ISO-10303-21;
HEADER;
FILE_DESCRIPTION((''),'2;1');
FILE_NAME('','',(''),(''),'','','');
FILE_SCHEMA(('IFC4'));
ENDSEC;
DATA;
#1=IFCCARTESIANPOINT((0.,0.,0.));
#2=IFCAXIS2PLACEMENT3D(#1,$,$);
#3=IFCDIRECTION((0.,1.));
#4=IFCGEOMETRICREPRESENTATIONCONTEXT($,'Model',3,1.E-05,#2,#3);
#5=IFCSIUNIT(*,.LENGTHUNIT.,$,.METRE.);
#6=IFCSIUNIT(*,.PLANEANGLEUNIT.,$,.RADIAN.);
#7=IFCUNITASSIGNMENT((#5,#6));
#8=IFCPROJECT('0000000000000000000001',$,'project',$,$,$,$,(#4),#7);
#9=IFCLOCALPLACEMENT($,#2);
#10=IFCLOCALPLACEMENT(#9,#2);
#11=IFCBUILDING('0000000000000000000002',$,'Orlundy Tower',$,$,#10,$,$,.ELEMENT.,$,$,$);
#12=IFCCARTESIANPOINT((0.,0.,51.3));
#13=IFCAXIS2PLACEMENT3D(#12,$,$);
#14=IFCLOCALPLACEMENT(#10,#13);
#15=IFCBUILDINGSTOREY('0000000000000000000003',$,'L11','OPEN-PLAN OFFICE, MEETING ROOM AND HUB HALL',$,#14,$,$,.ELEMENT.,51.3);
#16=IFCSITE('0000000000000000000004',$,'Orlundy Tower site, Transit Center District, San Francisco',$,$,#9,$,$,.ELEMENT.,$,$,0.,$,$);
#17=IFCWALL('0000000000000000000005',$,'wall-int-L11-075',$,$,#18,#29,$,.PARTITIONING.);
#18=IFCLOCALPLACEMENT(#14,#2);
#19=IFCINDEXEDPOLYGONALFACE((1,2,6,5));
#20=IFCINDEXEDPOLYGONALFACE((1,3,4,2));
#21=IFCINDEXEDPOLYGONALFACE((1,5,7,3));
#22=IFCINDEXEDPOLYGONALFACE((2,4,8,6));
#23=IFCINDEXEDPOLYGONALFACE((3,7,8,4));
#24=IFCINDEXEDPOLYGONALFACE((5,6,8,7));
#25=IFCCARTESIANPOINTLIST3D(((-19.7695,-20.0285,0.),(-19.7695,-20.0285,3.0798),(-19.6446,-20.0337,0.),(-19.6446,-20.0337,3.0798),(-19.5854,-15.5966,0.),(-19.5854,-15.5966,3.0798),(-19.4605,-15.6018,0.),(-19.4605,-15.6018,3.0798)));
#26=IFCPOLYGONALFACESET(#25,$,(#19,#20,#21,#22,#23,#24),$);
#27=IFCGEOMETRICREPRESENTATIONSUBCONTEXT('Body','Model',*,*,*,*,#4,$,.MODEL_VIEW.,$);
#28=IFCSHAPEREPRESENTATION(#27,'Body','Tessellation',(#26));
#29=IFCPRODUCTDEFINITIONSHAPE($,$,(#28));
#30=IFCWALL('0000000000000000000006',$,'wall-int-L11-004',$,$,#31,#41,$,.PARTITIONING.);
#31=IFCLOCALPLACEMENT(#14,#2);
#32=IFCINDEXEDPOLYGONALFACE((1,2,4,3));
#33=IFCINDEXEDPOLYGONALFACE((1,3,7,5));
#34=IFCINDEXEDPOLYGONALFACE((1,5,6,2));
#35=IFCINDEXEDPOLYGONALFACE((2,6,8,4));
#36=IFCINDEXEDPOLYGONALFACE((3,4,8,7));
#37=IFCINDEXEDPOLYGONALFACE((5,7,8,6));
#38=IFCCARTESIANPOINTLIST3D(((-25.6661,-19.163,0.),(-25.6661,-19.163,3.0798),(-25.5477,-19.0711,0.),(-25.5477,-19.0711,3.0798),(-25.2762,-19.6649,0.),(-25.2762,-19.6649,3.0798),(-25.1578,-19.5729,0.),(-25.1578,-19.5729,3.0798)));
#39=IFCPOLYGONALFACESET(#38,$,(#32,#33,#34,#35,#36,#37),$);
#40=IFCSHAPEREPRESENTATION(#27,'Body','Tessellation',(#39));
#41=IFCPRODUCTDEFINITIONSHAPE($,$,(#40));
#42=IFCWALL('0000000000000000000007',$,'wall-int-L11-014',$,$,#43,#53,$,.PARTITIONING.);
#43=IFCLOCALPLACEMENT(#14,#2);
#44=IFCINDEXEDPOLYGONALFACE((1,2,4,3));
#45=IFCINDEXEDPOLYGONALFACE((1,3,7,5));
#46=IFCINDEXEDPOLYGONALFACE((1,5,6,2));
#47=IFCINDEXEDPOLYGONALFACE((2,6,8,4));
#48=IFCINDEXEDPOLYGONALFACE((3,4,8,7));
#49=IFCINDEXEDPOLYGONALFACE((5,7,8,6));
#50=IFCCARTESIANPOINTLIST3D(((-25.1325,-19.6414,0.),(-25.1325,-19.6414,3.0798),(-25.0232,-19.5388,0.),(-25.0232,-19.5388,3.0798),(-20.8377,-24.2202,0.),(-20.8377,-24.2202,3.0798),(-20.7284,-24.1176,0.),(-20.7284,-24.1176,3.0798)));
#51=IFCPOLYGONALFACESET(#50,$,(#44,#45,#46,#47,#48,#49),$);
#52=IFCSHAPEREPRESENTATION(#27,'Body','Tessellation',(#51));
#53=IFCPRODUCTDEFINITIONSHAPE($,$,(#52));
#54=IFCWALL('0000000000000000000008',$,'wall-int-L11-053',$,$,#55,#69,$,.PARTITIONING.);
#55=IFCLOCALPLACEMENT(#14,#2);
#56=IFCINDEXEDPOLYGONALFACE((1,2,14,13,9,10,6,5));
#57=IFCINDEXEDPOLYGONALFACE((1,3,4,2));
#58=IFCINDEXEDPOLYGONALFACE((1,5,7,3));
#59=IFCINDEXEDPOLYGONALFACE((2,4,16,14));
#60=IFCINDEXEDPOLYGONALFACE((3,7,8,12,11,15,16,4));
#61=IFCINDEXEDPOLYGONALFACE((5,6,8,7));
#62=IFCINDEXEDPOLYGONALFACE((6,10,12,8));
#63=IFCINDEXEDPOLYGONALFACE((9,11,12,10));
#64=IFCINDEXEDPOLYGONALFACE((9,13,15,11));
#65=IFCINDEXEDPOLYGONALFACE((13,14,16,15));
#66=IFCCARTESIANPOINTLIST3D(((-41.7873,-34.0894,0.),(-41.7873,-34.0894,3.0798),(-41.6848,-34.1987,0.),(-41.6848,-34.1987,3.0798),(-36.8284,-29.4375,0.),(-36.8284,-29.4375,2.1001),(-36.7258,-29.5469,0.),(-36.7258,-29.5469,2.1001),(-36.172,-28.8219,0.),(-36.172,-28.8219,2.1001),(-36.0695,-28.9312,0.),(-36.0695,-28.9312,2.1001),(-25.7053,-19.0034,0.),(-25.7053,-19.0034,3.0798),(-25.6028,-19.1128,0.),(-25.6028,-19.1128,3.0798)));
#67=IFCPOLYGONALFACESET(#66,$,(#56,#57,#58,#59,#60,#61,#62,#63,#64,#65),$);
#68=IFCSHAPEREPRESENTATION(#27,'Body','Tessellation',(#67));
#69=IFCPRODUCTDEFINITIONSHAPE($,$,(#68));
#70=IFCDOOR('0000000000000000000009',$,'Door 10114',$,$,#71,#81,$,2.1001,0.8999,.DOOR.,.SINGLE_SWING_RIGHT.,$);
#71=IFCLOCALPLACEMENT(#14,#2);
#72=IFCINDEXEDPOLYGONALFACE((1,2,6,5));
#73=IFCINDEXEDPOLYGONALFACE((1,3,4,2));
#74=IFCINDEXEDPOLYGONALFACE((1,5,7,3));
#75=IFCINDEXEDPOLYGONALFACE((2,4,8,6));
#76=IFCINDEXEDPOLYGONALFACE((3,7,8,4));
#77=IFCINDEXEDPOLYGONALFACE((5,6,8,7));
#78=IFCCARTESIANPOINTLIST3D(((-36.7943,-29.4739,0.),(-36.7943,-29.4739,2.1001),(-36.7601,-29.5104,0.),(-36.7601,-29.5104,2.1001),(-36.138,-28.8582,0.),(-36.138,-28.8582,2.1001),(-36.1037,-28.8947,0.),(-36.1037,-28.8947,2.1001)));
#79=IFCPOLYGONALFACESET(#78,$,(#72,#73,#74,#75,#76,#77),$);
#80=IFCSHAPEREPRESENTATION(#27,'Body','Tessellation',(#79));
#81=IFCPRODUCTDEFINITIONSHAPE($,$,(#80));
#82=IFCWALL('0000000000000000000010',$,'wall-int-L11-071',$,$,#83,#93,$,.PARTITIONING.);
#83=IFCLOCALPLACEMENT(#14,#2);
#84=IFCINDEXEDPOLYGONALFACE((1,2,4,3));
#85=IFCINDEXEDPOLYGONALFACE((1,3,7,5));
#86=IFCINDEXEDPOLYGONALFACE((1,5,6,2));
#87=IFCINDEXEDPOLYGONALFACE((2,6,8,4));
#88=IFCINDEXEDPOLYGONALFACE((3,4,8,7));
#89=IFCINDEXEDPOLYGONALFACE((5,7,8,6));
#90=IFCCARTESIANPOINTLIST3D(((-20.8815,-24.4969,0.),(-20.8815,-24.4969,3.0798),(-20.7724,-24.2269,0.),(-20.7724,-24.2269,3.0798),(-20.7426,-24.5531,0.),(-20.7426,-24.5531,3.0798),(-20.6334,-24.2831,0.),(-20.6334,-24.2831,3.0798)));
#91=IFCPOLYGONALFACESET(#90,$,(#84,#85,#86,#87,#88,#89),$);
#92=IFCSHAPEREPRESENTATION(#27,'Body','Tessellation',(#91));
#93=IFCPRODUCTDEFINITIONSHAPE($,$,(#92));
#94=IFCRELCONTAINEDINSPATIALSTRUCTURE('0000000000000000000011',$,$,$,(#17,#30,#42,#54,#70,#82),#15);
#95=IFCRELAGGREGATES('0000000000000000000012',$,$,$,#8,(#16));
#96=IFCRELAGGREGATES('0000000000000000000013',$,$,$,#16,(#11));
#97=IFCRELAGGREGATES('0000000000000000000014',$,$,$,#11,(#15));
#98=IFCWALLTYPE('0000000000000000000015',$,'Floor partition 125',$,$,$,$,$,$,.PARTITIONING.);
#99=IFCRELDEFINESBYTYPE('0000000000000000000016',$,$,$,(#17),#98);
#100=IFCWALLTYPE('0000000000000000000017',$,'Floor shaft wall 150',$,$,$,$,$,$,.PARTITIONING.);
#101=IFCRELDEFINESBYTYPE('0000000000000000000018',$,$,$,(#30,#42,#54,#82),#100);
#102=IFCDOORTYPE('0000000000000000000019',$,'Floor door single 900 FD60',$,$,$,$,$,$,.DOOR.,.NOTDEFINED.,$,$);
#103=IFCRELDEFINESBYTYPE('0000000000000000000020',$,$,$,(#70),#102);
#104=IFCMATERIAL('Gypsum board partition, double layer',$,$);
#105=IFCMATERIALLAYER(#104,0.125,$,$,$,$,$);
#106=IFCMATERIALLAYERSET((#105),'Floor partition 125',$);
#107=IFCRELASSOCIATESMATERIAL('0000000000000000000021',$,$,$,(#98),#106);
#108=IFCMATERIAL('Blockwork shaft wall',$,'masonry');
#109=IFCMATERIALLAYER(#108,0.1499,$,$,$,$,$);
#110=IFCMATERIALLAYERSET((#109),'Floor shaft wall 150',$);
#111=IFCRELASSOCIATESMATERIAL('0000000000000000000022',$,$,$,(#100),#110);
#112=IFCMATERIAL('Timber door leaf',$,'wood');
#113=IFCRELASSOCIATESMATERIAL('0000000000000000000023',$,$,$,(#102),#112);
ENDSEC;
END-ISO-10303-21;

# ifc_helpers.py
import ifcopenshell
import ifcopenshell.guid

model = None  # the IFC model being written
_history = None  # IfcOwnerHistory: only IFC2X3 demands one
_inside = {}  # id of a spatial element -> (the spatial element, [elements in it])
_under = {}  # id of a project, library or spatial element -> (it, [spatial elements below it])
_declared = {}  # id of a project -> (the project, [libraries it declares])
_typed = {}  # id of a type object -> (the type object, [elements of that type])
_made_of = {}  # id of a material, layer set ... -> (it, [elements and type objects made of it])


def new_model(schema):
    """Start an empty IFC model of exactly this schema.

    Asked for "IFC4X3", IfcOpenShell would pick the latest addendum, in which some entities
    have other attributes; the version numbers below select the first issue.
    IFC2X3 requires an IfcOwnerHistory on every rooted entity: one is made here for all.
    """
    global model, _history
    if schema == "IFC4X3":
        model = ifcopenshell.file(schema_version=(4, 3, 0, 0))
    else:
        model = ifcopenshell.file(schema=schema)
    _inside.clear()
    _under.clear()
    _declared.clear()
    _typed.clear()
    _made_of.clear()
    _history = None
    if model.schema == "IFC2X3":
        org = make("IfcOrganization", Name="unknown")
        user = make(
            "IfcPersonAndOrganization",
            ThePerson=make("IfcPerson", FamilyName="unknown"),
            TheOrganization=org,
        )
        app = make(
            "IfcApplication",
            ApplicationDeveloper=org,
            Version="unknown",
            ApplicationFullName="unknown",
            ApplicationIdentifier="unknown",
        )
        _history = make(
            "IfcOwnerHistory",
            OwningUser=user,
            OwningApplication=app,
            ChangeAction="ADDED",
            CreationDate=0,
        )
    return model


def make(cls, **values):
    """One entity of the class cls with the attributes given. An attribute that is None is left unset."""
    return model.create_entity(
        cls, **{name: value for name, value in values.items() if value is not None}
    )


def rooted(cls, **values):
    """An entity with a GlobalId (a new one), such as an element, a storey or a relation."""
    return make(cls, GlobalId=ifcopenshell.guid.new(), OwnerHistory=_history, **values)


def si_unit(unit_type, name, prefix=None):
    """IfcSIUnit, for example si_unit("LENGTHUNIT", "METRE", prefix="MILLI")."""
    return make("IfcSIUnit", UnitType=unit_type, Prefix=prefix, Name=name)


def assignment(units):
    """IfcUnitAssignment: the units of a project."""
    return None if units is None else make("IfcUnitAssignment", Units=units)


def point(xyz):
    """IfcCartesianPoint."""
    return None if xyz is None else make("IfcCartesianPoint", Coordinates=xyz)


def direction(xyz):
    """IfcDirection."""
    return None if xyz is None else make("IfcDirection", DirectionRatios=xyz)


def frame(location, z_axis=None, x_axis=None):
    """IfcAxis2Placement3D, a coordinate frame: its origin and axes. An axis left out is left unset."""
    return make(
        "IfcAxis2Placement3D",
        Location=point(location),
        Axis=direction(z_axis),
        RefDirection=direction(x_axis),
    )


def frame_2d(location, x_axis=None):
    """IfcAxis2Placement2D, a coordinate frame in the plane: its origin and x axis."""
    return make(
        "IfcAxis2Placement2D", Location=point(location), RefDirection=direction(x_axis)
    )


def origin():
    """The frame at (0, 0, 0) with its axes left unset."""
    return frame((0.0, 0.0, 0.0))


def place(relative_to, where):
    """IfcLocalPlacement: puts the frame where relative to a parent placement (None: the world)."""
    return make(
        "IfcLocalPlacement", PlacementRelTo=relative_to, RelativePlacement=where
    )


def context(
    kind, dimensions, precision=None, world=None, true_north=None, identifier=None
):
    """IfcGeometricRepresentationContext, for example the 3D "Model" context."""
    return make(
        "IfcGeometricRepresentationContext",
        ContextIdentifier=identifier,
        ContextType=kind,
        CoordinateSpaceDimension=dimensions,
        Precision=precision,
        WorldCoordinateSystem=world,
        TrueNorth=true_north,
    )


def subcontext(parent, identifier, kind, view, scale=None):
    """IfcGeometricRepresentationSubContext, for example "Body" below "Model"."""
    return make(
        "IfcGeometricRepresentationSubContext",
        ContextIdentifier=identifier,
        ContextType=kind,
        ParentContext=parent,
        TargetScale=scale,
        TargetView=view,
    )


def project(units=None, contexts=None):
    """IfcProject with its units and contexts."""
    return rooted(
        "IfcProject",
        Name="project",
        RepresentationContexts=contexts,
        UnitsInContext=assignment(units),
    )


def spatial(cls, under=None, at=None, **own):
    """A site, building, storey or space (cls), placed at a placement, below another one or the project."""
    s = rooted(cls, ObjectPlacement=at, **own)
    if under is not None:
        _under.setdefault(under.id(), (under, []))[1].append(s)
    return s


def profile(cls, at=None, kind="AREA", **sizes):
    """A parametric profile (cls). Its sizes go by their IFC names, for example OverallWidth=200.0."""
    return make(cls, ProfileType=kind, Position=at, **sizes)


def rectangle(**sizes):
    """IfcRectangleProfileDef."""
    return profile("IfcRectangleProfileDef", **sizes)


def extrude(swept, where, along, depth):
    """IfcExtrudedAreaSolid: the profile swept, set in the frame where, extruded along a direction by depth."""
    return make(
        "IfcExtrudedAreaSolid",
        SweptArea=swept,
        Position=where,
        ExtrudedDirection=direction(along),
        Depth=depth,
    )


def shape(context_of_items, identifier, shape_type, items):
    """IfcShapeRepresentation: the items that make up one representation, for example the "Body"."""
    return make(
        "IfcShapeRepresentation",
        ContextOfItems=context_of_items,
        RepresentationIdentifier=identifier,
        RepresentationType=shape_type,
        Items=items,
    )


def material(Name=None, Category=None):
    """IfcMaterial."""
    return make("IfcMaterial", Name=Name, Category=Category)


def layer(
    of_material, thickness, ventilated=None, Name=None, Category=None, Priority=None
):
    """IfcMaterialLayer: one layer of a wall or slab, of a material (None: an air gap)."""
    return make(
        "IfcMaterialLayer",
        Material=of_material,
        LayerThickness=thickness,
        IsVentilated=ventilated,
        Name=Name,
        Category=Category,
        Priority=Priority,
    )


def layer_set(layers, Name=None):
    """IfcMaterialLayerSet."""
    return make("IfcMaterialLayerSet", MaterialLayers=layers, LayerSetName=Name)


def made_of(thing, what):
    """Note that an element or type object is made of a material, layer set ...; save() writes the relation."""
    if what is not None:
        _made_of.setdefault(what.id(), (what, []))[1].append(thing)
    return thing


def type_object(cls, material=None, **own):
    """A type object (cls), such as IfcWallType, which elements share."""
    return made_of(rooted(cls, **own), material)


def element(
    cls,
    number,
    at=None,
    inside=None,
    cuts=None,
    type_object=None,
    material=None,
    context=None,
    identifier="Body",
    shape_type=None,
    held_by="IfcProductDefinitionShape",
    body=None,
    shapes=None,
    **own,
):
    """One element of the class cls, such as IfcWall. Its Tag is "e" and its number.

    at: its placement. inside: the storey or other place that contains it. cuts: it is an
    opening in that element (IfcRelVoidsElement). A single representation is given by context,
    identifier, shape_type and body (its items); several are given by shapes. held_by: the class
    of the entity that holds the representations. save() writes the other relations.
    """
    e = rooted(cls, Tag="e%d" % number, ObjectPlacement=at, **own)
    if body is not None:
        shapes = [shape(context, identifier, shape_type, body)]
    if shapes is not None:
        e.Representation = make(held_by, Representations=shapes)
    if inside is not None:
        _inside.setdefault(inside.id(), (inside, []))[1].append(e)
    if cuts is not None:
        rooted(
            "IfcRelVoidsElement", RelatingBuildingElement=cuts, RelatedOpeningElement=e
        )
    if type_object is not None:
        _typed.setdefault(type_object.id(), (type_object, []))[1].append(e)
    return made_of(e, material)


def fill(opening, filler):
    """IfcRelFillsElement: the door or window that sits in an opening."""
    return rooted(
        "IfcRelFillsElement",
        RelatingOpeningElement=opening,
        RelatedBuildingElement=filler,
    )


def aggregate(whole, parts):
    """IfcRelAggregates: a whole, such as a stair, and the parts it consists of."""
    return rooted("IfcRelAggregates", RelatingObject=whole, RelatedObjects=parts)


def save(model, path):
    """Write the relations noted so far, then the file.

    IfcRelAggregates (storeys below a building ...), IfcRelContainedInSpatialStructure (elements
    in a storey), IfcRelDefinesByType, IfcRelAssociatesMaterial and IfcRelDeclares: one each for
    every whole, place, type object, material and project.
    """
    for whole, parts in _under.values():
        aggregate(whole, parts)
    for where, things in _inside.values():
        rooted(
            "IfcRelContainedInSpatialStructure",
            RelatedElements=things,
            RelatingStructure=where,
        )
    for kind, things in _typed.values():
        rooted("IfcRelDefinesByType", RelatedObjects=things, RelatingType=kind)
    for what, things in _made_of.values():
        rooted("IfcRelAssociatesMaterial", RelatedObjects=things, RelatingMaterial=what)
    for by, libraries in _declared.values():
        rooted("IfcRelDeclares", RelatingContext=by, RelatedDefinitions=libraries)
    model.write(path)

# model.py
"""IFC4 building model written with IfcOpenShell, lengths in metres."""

from ifc_helpers import new_model, si_unit, direction, frame, frame_2d, origin, place, context, subcontext, project, spatial, rectangle, extrude, material, layer, layer_set, type_object, element, fill, save


model = new_model("IFC4")

# Units and contexts
model_context = context("Model", 3, precision=1e-05, world=origin(), true_north=direction((0.0, 1.0)))
body_context = subcontext(model_context, "Body", "Model", "MODEL_VIEW")
ifc_project = project(units=[si_unit("LENGTHUNIT", "METRE"), si_unit("PLANEANGLEUNIT", "RADIAN")], contexts=[model_context])

# Site, building, storey
site_placement = place(None, origin())
site = spatial("IfcSite", under=ifc_project, at=site_placement, Name="Orlundy Tower site, Transit Center District, San Francisco", CompositionType="ELEMENT", RefElevation=0.0)
building_placement = place(site_placement, origin())
building = spatial("IfcBuilding", under=site, at=building_placement, Name="Orlundy Tower", CompositionType="ELEMENT")
storey_placement = place(building_placement, frame((0.0, 0.0, 51.3)))
storey = spatial("IfcBuildingStorey", under=building, at=storey_placement, Name="L11", Description="OPEN-PLAN OFFICE, MEETING ROOM AND HUB HALL", CompositionType="ELEMENT", Elevation=51.3)

# Shared definitions
ifc_material_1 = material(Name="Gypsum board partition, double layer")
ifc_layer_1 = layer(ifc_material_1, 0.125)
ifc_layer_set_1 = layer_set([ifc_layer_1], Name="Floor partition 125")
wall_type_1 = type_object("IfcWallType", Name="Floor partition 125", PredefinedType="PARTITIONING", material=ifc_layer_set_1)

# Walls
wall_1_placement = place(storey_placement, frame((-19.707, -20.031, 0.0), z_axis=(0.0, 0.0, 1.0), x_axis=(0.0415, 0.999139, 0.0)))
element("IfcWall", 1, at=wall_1_placement, inside=storey, type_object=wall_type_1, Name="wall-int-L11-075", PredefinedType="PARTITIONING", context=body_context, shape_type="SweptSolid", body=[
    extrude(rectangle(XDim=4.4358, YDim=0.125, at=frame_2d((2.2178, 0.0))), origin(), (0.0, 0.0, 1.0), 3.0798),
])
ifc_material_2 = material(Name="Blockwork shaft wall", Category="masonry")
ifc_layer_2 = layer(ifc_material_2, 0.1499)
ifc_layer_set_2 = layer_set([ifc_layer_2], Name="Floor shaft wall 150")
wall_type_2 = type_object("IfcWallType", Name="Floor shaft wall 150", PredefinedType="PARTITIONING", material=ifc_layer_set_2)
wall_2_placement = place(storey_placement, frame((-25.6069, -19.1169, 0.0), z_axis=(0.0, 0.0, 1.0), x_axis=(0.613435, -0.789745, 0.0)))
element("IfcWall", 2, at=wall_2_placement, inside=storey, type_object=wall_type_2, Name="wall-int-L11-004", PredefinedType="PARTITIONING", context=body_context, shape_type="SweptSolid", body=[
    extrude(rectangle(XDim=0.6355, YDim=0.1499, at=frame_2d((0.3179, 0.0))), origin(), (0.0, 0.0, 1.0), 3.0798),
])
wall_3_placement = place(storey_placement, frame((-25.0779, -19.5901, 0.0), z_axis=(0.0, 0.0, 1.0), x_axis=(0.684131, -0.729359, 0.0)))
element("IfcWall", 3, at=wall_3_placement, inside=storey, type_object=wall_type_2, Name="wall-int-L11-014", PredefinedType="PARTITIONING", context=body_context, shape_type="SweptSolid", body=[
    extrude(rectangle(XDim=6.2778, YDim=0.1499, at=frame_2d((3.1389, 0.0))), origin(), (0.0, 0.0, 1.0), 3.0798),
])

# Wall, opening, door
wall_4_placement = place(storey_placement, frame((-25.6541, -19.0581, 0.0), z_axis=(0.0, 0.0, 1.0), x_axis=(-0.729333, -0.684159, 0.0)))
wall_4 = element("IfcWall", 4, at=wall_4_placement, inside=storey, type_object=wall_type_2, Name="wall-int-L11-053", PredefinedType="PARTITIONING", context=body_context, shape_type="SweptSolid", body=[
    extrude(rectangle(XDim=22.0503, YDim=0.1499, at=frame_2d((11.0251, 0.0))), origin(), (0.0, 0.0, 1.0), 3.0798),
])
opening_1_placement = place(wall_4_placement, frame((14.3511, 0.0, 0.0)))
opening_1 = element("IfcOpeningElement", 5, at=opening_1_placement, cuts=wall_4, PredefinedType="OPENING", context=body_context, shape_type="SweptSolid", body=[
    extrude(rectangle(XDim=0.8999, YDim=2.1001, at=frame_2d((0.45, 1.05))), frame((0.0, 0.085, 0.0), z_axis=(0.0, -1.0, 0.0), x_axis=(1.0, 0.0, 0.0)), (0.0, 0.0, 1.0), 0.1699),
])
ifc_material_3 = material(Name="Timber door leaf", Category="wood")
door_type_1 = type_object("IfcDoorType", Name="Floor door single 900 FD60", OperationType="NOTDEFINED", PredefinedType="DOOR", material=ifc_material_3)
door_1_placement = place(opening_1_placement, origin())
door_1 = element("IfcDoor", 6, at=door_1_placement, inside=storey, type_object=door_type_1, Name="Door 10114", OperationType="SINGLE_SWING_RIGHT", OverallHeight=2.1001, OverallWidth=0.8999, PredefinedType="DOOR", context=body_context, shape_type="SweptSolid", body=[
    extrude(rectangle(XDim=0.8999, YDim=2.1001, at=frame_2d((0.45, 1.05))), frame((0.0, 0.0249, 0.0), z_axis=(0.0, -1.0, 0.0), x_axis=(1.0, 0.0, 0.0)), (0.0, 0.0, 1.0), 0.05),
])
fill(opening_1, door_1)

# Wall
wall_5_placement = place(storey_placement, frame((-20.812, -24.5249, 0.0), z_axis=(0.0, 0.0, 1.0), x_axis=(0.374713, 0.927141, 0.0)))
element("IfcWall", 7, at=wall_5_placement, inside=storey, type_object=wall_type_2, Name="wall-int-L11-071", PredefinedType="PARTITIONING", context=body_context, shape_type="SweptSolid", body=[
    extrude(rectangle(XDim=0.2913, YDim=0.1499, at=frame_2d((0.1455, 0.0))), origin(), (0.0, 0.0, 1.0), 3.0798),
])

save(model, "model.ifc")
